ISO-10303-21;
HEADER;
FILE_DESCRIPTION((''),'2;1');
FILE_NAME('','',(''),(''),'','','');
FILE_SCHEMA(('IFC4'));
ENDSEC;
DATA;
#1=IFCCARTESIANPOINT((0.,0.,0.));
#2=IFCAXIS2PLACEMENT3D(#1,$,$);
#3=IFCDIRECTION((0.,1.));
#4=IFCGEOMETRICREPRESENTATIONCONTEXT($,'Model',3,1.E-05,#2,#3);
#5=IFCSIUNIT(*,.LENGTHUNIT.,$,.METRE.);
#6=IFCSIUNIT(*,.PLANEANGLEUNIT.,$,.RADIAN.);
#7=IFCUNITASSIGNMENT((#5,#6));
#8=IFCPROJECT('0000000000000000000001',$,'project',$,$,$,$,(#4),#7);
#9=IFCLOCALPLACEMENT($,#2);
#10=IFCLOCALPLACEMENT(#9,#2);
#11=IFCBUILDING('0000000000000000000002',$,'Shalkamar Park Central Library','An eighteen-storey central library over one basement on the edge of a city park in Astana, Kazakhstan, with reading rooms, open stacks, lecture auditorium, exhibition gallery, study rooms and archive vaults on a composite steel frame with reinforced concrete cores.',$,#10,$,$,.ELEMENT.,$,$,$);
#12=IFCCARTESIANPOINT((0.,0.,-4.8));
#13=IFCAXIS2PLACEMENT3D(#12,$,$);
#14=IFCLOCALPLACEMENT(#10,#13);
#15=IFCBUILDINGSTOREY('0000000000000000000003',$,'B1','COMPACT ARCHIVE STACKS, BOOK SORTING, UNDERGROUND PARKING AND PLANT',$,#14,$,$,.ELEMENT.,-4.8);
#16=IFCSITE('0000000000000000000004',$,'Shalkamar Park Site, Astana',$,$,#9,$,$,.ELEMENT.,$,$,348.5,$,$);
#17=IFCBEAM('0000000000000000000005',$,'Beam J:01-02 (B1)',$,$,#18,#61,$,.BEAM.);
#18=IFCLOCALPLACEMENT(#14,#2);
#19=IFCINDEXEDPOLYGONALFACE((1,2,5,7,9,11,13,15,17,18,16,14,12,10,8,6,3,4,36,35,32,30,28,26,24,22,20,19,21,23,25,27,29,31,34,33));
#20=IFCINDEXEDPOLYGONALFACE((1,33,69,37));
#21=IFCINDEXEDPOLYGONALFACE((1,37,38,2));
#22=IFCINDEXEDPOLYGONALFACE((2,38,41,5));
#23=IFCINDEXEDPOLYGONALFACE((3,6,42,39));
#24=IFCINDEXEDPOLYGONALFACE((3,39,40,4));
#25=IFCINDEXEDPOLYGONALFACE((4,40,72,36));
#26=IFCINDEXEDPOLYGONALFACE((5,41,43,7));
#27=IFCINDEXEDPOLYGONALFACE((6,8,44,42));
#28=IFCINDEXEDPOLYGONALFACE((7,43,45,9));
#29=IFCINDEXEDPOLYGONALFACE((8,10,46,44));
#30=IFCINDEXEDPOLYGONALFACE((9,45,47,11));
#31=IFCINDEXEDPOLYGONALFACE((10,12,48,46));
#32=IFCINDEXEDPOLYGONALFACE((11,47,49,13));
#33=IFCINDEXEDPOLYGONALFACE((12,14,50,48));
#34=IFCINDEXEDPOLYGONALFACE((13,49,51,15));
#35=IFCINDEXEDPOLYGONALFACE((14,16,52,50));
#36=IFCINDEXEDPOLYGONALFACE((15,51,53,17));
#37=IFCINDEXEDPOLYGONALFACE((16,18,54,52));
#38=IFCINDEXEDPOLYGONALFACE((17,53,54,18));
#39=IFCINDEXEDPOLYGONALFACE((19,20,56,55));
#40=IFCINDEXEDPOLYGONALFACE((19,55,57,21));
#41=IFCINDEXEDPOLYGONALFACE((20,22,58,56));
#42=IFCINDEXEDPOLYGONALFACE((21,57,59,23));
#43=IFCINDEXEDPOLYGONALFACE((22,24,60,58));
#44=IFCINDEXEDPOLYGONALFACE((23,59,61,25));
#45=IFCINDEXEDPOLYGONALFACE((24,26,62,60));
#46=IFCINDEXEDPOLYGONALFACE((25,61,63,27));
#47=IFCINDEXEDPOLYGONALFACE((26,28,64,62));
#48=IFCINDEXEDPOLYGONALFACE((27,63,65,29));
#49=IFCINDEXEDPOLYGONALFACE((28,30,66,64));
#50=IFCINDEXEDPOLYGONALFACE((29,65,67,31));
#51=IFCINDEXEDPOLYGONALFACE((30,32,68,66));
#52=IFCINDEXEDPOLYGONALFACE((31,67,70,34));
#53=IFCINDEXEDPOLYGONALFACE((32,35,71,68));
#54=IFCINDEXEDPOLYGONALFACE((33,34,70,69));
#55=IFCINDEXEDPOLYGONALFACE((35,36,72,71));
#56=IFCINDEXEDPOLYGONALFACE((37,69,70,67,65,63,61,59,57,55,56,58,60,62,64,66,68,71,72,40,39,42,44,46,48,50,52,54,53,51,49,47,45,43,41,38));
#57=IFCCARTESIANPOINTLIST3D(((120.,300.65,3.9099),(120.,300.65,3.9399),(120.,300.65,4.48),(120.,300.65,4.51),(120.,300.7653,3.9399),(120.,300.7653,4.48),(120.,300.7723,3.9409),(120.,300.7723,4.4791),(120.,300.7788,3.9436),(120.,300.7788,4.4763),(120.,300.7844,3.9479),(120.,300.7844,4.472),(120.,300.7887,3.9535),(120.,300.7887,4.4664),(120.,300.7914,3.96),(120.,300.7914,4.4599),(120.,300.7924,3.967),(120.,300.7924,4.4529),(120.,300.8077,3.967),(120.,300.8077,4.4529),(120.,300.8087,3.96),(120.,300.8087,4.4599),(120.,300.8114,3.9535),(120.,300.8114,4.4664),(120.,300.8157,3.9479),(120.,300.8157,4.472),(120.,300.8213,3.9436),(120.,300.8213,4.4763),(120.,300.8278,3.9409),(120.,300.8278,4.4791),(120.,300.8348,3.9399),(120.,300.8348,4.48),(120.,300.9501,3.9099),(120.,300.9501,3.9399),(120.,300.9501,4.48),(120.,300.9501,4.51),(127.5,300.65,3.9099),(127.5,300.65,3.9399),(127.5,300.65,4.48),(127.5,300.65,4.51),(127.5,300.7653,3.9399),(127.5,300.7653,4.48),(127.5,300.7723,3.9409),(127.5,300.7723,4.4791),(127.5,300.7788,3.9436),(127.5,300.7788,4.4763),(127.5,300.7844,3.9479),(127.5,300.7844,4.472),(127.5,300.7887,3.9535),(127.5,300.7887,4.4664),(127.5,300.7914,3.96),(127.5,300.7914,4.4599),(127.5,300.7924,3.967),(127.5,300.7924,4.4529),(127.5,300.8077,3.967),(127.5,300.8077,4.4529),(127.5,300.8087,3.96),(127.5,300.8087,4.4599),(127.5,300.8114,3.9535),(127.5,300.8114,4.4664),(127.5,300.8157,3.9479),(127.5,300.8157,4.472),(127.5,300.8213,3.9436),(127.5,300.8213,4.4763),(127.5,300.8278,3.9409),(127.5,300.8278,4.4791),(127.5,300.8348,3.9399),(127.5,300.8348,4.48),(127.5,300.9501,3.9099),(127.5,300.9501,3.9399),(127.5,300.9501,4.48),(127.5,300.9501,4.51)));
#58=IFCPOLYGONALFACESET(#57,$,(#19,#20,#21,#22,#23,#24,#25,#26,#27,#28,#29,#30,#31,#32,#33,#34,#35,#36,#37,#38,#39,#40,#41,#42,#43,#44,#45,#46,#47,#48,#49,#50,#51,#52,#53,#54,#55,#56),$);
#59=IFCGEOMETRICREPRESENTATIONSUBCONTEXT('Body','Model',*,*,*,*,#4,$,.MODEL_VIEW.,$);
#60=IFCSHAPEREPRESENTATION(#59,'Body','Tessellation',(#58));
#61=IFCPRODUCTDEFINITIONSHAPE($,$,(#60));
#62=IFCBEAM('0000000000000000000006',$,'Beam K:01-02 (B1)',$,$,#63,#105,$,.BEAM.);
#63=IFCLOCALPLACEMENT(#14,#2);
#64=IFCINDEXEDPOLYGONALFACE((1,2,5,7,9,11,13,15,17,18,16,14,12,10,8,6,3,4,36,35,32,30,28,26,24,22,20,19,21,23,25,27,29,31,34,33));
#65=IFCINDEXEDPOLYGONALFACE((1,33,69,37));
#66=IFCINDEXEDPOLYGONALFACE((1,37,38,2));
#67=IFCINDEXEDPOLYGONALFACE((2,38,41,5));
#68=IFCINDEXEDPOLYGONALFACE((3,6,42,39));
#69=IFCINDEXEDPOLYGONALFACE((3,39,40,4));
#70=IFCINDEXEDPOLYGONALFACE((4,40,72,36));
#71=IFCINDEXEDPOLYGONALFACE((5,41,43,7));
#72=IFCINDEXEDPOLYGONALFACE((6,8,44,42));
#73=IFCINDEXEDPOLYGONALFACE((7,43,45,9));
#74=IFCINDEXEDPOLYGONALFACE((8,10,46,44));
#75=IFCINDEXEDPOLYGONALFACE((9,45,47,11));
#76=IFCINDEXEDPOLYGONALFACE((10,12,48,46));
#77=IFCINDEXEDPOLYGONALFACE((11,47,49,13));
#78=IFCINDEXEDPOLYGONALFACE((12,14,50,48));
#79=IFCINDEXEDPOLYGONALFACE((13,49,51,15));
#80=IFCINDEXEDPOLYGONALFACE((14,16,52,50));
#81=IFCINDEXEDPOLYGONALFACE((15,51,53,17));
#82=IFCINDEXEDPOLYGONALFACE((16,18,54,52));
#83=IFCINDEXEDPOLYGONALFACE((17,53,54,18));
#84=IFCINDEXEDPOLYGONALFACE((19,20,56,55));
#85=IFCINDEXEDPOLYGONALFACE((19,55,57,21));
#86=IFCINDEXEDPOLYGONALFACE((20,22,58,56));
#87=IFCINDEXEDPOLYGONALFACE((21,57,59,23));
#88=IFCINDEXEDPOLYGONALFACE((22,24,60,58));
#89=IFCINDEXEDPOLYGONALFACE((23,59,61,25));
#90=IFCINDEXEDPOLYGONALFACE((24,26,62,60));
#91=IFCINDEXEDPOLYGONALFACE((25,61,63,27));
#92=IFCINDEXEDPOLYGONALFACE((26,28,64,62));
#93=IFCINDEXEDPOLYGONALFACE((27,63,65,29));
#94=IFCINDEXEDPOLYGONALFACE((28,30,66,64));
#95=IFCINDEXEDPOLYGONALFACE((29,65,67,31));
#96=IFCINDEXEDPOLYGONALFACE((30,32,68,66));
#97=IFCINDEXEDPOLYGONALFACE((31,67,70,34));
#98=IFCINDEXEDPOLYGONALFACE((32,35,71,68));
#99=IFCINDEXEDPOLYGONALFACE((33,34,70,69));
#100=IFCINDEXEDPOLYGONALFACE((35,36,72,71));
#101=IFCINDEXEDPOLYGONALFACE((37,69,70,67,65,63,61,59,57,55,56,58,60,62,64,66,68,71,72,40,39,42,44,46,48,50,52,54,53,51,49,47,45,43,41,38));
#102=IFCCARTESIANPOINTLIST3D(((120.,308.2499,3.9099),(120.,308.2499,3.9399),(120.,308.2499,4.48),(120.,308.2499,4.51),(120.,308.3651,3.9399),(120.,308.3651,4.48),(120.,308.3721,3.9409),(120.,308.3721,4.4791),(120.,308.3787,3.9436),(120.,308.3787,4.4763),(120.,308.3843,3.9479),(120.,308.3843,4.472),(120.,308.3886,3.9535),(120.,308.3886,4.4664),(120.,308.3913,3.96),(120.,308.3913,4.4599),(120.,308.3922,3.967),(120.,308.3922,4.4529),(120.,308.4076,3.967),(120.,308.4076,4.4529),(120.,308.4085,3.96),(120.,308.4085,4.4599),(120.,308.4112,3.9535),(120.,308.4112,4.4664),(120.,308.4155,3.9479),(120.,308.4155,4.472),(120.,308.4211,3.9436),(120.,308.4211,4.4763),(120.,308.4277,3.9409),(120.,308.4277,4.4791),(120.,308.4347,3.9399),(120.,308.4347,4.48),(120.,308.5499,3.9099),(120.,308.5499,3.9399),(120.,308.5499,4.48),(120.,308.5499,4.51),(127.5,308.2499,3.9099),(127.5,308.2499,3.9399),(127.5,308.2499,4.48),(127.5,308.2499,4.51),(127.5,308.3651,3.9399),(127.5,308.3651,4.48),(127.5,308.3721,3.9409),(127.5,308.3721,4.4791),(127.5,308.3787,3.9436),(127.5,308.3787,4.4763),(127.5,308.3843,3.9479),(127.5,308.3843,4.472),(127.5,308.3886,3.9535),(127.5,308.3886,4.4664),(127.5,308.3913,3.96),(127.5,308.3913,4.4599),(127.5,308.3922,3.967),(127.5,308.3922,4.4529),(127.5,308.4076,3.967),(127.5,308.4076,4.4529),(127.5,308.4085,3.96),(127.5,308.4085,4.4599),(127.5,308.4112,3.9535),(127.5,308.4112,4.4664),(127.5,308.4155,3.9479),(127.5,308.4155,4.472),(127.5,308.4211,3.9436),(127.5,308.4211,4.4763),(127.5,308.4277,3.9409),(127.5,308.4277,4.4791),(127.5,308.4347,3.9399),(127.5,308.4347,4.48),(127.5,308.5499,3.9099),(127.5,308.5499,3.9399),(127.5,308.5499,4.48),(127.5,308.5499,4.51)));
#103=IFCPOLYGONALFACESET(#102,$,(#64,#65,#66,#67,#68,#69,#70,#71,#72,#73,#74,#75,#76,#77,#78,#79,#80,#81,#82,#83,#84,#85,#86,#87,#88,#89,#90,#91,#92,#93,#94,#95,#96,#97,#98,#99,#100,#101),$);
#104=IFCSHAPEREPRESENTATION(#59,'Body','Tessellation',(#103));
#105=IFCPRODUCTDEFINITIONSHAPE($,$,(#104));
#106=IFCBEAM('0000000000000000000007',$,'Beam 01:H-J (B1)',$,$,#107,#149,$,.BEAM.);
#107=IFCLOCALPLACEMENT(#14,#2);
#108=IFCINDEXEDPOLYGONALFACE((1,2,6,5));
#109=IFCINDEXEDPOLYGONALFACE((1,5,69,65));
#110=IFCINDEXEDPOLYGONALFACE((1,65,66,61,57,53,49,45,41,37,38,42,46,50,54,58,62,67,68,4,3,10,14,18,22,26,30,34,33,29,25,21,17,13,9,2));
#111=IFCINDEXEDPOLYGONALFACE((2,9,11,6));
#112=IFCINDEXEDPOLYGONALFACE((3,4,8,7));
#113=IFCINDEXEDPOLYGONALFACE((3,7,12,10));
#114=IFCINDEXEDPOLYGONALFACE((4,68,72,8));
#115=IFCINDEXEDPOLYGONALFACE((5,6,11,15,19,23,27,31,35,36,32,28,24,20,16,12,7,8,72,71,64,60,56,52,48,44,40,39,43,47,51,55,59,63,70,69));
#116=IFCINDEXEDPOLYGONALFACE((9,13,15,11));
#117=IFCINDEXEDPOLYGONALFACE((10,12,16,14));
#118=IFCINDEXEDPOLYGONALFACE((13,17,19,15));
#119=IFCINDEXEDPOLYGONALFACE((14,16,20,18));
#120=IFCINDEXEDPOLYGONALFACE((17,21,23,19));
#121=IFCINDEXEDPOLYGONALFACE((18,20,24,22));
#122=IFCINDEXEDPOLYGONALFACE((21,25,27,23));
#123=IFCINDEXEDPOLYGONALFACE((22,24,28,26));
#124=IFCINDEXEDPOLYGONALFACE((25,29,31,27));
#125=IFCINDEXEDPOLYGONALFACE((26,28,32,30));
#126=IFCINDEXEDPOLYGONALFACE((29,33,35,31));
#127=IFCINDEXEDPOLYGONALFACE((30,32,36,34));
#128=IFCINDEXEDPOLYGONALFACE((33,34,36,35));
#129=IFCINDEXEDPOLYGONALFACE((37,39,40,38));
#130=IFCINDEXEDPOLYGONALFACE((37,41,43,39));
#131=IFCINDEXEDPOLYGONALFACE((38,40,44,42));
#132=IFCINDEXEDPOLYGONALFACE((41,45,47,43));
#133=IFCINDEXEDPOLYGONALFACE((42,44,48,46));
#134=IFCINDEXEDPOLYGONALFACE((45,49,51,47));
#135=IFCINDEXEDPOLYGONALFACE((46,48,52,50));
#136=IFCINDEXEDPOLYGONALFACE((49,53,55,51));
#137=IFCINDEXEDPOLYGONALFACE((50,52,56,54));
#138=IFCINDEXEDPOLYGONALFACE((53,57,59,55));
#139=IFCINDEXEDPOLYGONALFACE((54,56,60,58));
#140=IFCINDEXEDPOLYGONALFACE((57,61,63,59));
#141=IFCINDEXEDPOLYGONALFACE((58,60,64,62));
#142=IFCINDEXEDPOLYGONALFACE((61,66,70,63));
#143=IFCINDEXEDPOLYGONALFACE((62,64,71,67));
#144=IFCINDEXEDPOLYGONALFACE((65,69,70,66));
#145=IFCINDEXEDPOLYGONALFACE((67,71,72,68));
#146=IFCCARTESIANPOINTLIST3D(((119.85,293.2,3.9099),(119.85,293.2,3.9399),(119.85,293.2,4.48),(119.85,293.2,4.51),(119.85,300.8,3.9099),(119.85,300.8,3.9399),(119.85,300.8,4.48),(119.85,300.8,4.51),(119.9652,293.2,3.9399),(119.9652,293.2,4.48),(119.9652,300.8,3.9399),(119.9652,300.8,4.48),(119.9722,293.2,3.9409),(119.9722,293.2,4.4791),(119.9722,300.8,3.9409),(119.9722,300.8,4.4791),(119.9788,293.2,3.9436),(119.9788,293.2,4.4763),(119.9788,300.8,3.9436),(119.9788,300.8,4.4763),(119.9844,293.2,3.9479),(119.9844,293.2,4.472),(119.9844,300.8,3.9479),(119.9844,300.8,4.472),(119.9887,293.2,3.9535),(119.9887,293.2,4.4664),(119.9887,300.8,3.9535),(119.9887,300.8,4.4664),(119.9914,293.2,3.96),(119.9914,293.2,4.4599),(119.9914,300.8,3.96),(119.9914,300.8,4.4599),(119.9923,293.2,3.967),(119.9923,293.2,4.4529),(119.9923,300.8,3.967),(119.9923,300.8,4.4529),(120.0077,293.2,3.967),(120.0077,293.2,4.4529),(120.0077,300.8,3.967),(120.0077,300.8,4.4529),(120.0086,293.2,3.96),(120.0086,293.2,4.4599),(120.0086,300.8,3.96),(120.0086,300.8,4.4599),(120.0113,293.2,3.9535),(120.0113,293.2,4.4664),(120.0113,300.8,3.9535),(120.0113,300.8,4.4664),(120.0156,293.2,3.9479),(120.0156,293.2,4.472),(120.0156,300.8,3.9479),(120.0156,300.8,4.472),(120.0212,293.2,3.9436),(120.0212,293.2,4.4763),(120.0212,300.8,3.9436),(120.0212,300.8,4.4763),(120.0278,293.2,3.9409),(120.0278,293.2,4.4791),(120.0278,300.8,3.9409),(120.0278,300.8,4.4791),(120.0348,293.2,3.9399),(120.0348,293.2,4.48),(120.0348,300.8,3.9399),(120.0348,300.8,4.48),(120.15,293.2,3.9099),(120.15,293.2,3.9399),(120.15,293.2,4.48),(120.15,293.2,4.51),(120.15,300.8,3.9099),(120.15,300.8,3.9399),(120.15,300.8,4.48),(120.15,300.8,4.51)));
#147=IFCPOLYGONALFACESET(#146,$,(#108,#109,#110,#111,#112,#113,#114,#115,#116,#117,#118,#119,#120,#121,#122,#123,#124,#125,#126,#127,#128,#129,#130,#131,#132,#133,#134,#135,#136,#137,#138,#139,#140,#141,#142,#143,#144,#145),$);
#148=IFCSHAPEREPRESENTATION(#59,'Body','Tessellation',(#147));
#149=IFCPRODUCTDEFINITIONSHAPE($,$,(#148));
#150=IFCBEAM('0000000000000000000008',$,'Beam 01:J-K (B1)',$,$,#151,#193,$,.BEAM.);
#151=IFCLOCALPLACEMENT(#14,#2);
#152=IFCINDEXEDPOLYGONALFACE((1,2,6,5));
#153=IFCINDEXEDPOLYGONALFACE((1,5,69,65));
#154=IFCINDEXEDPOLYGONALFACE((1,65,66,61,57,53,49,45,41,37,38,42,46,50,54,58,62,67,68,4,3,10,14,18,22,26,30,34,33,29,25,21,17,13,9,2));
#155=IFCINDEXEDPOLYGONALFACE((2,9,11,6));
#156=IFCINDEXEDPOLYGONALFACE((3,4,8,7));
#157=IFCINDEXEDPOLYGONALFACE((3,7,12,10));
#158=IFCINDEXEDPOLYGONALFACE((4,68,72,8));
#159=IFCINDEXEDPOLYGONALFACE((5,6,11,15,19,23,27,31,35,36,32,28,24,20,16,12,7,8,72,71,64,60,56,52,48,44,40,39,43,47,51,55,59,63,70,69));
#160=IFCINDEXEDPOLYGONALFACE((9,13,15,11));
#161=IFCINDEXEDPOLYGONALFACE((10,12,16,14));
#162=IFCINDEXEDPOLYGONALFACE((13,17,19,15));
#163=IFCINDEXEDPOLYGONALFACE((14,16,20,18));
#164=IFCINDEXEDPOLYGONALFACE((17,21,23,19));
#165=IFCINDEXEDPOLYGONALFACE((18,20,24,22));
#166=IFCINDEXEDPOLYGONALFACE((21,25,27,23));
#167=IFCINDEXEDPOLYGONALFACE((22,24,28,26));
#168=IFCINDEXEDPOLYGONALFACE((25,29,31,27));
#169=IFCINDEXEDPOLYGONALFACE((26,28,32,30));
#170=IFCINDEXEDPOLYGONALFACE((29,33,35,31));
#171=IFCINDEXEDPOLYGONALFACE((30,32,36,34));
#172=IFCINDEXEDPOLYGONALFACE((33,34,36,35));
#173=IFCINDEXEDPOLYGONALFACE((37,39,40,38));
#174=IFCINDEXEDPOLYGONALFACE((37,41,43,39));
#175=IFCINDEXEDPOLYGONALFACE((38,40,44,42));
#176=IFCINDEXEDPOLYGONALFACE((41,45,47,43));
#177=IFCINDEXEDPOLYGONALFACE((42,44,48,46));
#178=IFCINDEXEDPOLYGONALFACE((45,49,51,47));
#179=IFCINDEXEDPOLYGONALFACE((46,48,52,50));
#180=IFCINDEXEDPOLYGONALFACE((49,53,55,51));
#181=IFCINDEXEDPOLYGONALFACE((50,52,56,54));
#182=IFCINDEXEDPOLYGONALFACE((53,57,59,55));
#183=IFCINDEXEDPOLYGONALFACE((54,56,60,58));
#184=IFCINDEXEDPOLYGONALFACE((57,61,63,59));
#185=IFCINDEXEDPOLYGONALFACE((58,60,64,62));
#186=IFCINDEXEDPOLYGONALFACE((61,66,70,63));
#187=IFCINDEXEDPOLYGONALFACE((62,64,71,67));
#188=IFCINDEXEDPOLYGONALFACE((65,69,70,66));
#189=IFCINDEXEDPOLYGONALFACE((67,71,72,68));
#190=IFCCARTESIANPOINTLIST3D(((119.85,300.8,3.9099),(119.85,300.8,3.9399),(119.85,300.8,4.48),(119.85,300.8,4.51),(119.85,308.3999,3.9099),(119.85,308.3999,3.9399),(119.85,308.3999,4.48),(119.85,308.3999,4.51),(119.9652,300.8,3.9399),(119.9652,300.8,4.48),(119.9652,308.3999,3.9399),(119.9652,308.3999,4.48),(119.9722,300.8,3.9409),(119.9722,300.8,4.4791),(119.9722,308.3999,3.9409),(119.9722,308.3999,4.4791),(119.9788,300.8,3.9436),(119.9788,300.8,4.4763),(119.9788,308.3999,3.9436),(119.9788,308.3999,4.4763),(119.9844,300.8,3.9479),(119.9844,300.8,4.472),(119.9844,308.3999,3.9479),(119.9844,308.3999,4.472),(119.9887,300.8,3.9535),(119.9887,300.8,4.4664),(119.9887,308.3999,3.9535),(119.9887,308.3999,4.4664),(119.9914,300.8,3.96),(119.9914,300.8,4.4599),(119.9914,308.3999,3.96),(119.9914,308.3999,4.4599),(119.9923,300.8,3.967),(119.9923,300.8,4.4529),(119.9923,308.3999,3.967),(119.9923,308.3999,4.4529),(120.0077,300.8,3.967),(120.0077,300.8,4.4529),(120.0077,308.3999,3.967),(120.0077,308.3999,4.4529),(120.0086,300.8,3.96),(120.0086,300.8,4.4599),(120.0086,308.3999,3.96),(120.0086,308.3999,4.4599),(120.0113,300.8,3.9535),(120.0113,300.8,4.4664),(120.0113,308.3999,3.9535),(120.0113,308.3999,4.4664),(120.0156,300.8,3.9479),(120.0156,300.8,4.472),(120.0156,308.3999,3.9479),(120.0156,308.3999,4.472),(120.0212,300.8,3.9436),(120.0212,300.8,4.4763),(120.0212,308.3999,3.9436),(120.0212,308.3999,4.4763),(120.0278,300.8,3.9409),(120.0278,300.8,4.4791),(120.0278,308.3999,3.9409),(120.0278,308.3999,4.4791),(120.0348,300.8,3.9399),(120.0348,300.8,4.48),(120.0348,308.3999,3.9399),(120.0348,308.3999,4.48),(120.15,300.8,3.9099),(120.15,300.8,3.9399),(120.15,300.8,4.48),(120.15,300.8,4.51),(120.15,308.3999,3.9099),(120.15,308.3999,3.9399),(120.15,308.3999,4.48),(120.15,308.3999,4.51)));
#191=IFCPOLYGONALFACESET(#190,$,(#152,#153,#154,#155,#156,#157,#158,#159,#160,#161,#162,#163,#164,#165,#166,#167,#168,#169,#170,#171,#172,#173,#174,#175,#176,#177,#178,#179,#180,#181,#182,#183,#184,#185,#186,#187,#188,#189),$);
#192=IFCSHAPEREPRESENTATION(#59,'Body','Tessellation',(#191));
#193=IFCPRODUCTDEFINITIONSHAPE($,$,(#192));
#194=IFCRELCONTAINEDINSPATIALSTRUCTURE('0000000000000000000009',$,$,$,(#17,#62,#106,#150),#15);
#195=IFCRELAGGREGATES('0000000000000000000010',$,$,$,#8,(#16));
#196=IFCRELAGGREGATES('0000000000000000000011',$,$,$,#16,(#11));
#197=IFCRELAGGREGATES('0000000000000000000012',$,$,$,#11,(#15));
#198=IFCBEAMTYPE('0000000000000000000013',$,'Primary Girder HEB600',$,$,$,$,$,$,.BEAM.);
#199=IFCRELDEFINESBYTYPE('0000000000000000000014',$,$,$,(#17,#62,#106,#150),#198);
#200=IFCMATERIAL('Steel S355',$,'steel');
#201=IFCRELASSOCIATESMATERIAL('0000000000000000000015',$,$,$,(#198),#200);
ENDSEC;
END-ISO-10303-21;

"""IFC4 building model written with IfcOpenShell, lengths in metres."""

from ifc_helpers import new_model, si_unit, direction, frame, origin, origin_2d, place, context, subcontext, project, spatial, i_section, extrude, material, material_profile, profile_set, type_object, element, save


model = new_model("IFC4")

# Units and contexts
model_context = context("Model", 3, precision=1e-05, world=origin(), true_north=direction((0.0, 1.0)))
body_context = subcontext(model_context, "Body", "Model", "MODEL_VIEW")
ifc_project = project(units=[si_unit("LENGTHUNIT", "METRE"), si_unit("PLANEANGLEUNIT", "RADIAN")], contexts=[model_context])

# Site, building, storey
site_placement = place(None, origin())
site = spatial("IfcSite", under=ifc_project, at=site_placement, Name="Shalkamar Park Site, Astana", CompositionType="ELEMENT", RefElevation=348.5)
building_placement = place(site_placement, origin())
building = spatial("IfcBuilding", under=site, at=building_placement, Name="Shalkamar Park Central Library", Description="An eighteen-storey central library over one basement on the edge of a city park in Astana, Kazakhstan, with reading rooms, open stacks, lecture auditorium, exhibition gallery, study rooms and archive vaults on a composite steel frame with reinforced concrete cores.", CompositionType="ELEMENT")
storey_placement = place(building_placement, frame((0.0, 0.0, -4.8)))
storey = spatial("IfcBuildingStorey", under=building, at=storey_placement, Name="B1", Description="COMPACT ARCHIVE STACKS, BOOK SORTING, UNDERGROUND PARKING AND PLANT", CompositionType="ELEMENT", Elevation=-4.8)

# Shared definitions
ifc_material_1 = material(Name="Steel S355", Category="steel")

# Beams
ifc_material_profile_1 = material_profile(ifc_material_1, i_section(OverallWidth=0.3, OverallDepth=0.6001, WebThickness=0.0154, FlangeThickness=0.03, FilletRadius=0.0271, at=origin_2d()), Name="HEB 600")
ifc_profile_set_1 = profile_set([ifc_material_profile_1], Name="Steel S355")
beam_type = type_object("IfcBeamType", Name="Primary Girder HEB600", PredefinedType="BEAM", material=ifc_profile_set_1)
for number, where, z_axis, x_axis, name in (
    (1, (120.0, 300.8, 4.21), (1.0, 0.0, 0.0), (0.0, 1.0, 0.0), "Beam J:01-02 (B1)"),
    (2, (120.0, 308.3999, 4.21), (1.0, 0.0, 0.0), (0.0, 1.0, 0.0), "Beam K:01-02 (B1)"),
):
    element("IfcBeam", number, at=place(storey_placement, frame(where, z_axis=z_axis, x_axis=x_axis)), inside=storey, type_object=beam_type, Name=name, PredefinedType="BEAM", context=body_context, shape_type="SweptSolid", body=[
        extrude(i_section(OverallWidth=0.3, OverallDepth=0.6001, WebThickness=0.0154, FlangeThickness=0.03, FilletRadius=0.0271, at=origin_2d()), origin(), (0.0, 0.0, 1.0), 7.5),
    ])
beam_1_placement = place(storey_placement, frame((120.0, 293.2, 4.21), z_axis=(0.0, 1.0, 0.0), x_axis=(-1.0, 0.0, 0.0)))
element("IfcBeam", 3, at=beam_1_placement, inside=storey, type_object=beam_type, Name="Beam 01:H-J (B1)", PredefinedType="BEAM", context=body_context, shape_type="SweptSolid", body=[
    extrude(i_section(OverallWidth=0.3, OverallDepth=0.6001, WebThickness=0.0154, FlangeThickness=0.03, FilletRadius=0.0271, at=origin_2d()), origin(), (0.0, 0.0, 1.0), 7.6001),
])
beam_2_placement = place(storey_placement, frame((120.0, 300.8, 4.21), z_axis=(0.0, 1.0, 0.0), x_axis=(-1.0, 0.0, 0.0)))
element("IfcBeam", 4, at=beam_2_placement, inside=storey, type_object=beam_type, Name="Beam 01:J-K (B1)", PredefinedType="BEAM", context=body_context, shape_type="SweptSolid", body=[
    extrude(i_section(OverallWidth=0.3, OverallDepth=0.6001, WebThickness=0.0154, FlangeThickness=0.03, FilletRadius=0.0271, at=origin_2d()), origin(), (0.0, 0.0, 1.0), 7.5999),
])

save(model, "model.ifc")
